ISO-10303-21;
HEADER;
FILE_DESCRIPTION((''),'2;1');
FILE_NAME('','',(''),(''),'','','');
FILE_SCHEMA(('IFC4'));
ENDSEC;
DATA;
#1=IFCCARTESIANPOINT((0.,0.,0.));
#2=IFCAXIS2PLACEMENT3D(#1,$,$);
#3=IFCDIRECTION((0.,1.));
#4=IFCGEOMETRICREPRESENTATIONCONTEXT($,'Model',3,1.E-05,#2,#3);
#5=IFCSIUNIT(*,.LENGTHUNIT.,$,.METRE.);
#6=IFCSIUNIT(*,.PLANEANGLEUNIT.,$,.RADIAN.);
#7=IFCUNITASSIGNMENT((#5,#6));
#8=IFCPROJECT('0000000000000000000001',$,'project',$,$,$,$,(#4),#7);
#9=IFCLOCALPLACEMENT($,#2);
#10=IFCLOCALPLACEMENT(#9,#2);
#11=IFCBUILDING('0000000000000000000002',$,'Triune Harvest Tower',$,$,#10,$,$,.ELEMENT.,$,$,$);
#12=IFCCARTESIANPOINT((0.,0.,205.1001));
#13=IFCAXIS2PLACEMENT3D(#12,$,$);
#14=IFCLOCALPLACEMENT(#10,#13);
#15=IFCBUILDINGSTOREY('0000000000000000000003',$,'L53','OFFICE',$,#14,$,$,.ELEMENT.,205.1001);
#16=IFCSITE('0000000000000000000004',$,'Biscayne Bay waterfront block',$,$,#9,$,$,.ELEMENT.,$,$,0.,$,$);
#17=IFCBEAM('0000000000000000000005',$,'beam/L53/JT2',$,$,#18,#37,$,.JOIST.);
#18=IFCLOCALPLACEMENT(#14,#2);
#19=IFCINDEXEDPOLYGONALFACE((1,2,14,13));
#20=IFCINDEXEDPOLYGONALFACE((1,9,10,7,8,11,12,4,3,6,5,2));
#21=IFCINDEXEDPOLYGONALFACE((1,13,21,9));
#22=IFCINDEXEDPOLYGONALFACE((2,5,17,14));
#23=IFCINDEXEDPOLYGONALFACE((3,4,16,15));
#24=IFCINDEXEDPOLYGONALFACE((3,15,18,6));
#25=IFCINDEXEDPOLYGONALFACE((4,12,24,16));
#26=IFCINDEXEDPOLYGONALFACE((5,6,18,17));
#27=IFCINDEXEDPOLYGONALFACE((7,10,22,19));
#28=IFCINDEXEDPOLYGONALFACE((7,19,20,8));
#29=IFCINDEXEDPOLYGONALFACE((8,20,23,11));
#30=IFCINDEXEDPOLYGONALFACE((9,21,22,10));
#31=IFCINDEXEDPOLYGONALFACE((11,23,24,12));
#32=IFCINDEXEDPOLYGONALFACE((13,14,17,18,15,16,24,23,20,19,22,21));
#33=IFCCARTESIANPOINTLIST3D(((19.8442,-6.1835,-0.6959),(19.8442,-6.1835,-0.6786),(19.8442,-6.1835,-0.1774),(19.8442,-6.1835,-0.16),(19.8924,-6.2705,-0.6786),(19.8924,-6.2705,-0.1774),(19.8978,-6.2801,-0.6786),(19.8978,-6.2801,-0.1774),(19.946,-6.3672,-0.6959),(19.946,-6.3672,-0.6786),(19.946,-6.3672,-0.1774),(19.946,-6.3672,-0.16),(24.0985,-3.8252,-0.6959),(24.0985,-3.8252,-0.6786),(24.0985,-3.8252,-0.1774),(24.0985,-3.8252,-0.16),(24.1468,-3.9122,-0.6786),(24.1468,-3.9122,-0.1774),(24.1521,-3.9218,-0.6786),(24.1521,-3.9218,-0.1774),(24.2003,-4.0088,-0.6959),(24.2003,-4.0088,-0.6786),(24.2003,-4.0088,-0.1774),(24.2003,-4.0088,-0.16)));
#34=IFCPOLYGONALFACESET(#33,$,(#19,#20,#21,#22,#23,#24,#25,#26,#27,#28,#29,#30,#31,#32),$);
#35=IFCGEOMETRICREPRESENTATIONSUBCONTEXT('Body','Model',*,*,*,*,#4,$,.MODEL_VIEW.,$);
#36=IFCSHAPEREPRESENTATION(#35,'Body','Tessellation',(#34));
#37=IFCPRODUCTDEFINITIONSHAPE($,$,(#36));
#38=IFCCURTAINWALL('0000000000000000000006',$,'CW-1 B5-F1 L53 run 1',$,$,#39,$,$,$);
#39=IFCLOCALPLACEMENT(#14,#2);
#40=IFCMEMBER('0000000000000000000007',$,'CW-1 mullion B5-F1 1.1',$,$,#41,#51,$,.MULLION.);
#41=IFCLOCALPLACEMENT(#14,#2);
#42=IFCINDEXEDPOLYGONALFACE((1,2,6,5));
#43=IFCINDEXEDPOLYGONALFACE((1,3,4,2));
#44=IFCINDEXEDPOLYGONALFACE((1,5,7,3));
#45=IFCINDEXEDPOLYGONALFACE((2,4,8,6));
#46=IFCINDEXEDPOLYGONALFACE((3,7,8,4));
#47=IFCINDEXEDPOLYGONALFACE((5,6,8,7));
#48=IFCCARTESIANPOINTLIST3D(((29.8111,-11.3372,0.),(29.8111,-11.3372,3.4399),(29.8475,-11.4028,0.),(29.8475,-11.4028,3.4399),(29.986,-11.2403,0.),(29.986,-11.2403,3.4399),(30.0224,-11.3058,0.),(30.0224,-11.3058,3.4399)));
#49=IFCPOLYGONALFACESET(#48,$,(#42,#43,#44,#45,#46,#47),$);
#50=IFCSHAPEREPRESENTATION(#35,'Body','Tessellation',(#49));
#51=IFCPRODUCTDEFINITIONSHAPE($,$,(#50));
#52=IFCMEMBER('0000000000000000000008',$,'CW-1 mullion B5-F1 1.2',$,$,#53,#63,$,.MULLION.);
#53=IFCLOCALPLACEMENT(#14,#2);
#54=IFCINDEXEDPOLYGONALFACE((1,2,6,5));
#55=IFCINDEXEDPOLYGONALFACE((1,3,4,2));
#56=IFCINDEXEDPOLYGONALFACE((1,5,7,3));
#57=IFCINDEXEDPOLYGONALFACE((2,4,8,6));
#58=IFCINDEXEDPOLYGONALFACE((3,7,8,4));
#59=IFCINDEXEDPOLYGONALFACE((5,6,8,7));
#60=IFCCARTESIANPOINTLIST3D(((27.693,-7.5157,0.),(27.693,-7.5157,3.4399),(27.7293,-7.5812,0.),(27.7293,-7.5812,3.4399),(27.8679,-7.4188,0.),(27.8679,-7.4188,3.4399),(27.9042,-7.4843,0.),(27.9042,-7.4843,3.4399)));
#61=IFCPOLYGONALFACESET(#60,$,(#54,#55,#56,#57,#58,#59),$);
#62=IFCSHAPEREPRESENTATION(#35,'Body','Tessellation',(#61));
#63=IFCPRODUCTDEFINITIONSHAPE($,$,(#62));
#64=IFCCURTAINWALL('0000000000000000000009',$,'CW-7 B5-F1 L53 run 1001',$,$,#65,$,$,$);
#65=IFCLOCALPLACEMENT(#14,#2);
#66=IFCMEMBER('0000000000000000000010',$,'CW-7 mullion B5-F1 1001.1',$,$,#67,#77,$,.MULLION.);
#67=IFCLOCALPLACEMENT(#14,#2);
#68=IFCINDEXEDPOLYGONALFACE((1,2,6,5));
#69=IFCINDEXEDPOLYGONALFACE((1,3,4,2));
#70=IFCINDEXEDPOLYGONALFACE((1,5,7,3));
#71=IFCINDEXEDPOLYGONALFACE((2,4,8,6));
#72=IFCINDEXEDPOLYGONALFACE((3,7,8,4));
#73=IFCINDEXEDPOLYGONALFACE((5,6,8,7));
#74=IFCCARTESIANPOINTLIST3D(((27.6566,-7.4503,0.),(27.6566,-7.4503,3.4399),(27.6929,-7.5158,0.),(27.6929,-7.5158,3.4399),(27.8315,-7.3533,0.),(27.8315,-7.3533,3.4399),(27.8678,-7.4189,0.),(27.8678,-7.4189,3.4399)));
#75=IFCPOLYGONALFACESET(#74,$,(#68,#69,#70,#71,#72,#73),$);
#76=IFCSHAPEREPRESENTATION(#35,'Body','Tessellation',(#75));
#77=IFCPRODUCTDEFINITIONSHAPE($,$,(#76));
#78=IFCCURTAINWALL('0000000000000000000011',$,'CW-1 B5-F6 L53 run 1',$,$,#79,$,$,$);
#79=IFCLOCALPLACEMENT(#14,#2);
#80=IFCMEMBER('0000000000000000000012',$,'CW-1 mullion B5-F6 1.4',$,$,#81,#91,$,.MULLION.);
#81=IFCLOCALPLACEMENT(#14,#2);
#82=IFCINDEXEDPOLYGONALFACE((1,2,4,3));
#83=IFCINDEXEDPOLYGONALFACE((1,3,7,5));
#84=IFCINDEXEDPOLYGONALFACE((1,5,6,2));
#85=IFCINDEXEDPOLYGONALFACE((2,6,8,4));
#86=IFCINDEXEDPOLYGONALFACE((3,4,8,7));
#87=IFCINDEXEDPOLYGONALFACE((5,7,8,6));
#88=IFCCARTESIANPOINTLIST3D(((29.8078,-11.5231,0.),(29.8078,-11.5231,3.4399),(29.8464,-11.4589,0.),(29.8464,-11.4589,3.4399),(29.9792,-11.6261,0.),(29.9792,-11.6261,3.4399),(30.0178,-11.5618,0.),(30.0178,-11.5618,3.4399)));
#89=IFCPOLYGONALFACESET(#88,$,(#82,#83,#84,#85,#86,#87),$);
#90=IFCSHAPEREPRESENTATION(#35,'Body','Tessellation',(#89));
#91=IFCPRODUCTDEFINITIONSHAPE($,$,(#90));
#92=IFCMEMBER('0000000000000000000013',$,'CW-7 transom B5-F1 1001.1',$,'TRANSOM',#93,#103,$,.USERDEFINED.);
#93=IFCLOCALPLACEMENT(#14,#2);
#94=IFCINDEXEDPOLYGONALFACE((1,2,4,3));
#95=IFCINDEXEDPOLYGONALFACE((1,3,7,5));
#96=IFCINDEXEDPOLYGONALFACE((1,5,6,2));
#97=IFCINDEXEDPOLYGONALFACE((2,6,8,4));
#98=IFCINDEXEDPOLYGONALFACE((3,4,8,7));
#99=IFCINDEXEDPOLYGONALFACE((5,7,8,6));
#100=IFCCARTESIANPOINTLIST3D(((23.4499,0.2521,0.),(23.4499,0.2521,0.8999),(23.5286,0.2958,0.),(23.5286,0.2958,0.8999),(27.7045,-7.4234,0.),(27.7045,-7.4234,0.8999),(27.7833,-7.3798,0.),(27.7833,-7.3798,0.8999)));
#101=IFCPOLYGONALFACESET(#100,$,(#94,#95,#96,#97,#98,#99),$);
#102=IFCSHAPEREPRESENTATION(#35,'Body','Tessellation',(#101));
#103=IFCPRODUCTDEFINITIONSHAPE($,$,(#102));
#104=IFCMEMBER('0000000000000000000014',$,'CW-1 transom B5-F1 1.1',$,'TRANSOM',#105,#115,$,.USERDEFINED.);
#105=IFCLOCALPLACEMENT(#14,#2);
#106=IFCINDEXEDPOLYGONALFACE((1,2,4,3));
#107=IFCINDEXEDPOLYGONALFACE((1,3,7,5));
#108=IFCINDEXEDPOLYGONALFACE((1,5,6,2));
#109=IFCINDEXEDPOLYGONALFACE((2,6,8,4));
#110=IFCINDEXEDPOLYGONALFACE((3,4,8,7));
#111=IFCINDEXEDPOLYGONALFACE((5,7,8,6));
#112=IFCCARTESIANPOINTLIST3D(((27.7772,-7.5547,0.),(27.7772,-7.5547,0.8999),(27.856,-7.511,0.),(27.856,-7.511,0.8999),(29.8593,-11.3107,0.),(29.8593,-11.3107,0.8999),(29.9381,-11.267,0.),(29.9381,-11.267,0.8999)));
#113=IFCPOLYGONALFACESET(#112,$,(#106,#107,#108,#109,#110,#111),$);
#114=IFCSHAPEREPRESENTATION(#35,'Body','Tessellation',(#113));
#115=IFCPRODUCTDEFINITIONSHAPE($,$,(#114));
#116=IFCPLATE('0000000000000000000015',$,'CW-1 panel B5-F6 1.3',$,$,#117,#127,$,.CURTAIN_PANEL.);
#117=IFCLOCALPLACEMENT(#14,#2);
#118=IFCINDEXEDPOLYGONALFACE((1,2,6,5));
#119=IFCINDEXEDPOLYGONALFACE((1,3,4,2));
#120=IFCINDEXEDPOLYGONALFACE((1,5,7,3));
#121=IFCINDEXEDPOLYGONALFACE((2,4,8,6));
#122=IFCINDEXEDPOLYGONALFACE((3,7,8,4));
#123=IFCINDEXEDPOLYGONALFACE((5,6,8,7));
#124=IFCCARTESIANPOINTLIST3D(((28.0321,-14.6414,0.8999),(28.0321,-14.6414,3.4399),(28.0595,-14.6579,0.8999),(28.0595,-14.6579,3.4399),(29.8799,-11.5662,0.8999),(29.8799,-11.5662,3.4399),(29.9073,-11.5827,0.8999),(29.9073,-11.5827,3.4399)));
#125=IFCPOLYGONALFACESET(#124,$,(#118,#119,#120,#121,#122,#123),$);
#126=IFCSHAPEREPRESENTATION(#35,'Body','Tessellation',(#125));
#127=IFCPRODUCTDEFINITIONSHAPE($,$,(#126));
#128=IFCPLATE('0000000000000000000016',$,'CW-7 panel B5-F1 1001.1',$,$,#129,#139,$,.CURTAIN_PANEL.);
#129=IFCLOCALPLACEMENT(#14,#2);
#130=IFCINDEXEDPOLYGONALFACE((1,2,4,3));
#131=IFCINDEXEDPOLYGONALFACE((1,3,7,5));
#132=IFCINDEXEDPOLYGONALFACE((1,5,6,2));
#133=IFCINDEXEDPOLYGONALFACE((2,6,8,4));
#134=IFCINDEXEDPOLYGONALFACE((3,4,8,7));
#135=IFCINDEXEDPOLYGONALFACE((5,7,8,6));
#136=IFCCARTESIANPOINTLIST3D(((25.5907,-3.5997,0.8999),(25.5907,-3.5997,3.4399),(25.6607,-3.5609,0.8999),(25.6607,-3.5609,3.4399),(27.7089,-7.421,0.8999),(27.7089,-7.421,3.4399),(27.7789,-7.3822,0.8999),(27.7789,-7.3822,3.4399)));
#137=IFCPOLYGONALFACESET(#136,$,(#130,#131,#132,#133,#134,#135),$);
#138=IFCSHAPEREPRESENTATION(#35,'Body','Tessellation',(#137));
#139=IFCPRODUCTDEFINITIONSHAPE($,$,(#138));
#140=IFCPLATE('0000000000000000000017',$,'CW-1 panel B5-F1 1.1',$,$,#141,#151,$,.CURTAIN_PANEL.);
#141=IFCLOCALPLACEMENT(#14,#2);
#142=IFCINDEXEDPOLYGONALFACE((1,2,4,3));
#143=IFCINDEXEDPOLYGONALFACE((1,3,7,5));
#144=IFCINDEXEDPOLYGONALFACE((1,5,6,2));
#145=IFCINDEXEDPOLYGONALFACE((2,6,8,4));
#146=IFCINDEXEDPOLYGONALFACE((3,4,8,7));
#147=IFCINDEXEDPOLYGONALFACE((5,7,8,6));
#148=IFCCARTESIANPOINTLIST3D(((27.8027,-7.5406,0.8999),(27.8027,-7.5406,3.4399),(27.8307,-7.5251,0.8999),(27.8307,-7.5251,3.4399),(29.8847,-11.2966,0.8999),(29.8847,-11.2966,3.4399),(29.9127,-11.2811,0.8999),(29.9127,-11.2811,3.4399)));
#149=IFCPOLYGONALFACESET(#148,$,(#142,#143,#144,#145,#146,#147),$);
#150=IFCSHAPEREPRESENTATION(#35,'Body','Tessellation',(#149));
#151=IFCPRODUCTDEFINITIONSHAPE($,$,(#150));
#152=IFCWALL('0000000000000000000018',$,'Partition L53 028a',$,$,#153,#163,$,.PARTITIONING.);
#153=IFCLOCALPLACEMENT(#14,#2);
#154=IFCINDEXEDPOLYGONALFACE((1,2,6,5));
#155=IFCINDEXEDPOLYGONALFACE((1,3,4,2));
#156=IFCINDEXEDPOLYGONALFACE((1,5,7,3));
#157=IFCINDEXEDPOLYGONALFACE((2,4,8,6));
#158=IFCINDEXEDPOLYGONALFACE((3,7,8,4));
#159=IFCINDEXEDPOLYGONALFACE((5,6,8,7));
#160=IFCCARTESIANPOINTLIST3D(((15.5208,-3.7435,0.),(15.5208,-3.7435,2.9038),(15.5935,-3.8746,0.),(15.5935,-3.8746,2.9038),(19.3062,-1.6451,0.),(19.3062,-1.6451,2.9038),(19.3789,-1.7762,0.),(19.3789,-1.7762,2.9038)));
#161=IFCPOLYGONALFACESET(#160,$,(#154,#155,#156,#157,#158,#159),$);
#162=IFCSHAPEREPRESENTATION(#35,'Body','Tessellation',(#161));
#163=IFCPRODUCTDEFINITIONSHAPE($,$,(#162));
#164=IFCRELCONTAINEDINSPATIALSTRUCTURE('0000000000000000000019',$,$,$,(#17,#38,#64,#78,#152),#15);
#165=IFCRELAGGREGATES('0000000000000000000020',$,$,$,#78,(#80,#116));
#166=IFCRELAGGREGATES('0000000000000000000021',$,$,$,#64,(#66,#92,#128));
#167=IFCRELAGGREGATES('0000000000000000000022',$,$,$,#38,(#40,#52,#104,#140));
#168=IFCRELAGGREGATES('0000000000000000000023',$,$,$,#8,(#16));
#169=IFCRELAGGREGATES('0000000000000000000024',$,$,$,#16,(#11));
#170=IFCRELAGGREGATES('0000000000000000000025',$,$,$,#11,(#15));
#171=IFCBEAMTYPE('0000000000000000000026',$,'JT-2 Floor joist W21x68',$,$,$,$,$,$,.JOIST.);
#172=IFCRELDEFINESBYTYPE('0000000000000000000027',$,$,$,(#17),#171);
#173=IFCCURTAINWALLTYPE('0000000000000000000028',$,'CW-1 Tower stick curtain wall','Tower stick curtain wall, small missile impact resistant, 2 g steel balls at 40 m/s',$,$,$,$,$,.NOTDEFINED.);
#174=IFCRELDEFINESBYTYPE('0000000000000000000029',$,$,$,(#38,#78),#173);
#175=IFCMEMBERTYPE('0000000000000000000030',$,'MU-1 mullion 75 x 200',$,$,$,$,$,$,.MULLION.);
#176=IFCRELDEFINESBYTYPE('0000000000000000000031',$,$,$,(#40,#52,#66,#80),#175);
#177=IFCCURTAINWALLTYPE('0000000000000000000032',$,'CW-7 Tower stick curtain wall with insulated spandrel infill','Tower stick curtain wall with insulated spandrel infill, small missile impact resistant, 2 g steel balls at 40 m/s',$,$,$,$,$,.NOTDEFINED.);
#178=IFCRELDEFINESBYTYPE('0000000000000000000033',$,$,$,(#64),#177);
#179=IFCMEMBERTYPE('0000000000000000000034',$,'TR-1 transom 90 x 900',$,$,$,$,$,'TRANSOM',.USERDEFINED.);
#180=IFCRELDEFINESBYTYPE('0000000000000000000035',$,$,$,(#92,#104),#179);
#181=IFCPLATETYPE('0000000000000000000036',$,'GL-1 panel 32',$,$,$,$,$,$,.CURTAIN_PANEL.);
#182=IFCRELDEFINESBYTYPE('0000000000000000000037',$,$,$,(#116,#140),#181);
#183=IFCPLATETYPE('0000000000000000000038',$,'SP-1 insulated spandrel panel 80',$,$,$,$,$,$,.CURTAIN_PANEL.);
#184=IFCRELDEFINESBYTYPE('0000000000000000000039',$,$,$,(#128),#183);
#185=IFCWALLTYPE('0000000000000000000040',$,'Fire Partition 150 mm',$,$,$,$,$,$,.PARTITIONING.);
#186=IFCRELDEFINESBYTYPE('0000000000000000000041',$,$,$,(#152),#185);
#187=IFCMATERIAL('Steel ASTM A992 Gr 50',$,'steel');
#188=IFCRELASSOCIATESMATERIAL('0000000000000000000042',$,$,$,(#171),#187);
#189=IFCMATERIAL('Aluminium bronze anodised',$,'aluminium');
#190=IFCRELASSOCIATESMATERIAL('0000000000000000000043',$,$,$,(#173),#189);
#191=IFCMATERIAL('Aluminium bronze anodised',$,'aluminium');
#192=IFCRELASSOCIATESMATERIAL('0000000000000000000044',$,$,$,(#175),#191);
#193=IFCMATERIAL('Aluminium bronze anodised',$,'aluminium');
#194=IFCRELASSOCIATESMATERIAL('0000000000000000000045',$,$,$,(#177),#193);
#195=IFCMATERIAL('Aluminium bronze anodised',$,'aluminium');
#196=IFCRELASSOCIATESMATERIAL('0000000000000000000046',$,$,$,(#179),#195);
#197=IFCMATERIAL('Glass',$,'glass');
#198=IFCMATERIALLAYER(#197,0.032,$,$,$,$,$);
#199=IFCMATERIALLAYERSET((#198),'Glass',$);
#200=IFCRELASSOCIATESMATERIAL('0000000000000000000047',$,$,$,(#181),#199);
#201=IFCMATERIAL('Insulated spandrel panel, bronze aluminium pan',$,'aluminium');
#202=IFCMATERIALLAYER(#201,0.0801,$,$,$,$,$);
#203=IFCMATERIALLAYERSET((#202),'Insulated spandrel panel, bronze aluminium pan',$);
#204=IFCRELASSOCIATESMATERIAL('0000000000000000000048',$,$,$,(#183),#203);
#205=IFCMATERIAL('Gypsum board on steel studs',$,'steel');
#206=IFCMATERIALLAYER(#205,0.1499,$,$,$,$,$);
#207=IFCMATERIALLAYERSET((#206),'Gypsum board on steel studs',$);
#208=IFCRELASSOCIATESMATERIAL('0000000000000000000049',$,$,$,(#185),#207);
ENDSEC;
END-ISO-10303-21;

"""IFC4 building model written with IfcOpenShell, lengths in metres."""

from ifc_helpers import new_model, si_unit, direction, frame, frame_2d, origin, origin_2d, place, context, subcontext, project, spatial, rectangle, i_section, extrude, source, transform, mapped, material, layer, layer_set, material_profile, profile_set, type_object, element, aggregate, save


model = new_model("IFC4")

# Units and contexts
model_context = context("Model", 3, precision=1e-05, world=origin(), true_north=direction((0.0, 1.0)))
body_context = subcontext(model_context, "Body", "Model", "MODEL_VIEW")
ifc_project = project(units=[si_unit("LENGTHUNIT", "METRE"), si_unit("PLANEANGLEUNIT", "RADIAN")], contexts=[model_context])

# Site, building, storey
site_placement = place(None, origin())
site = spatial("IfcSite", under=ifc_project, at=site_placement, Name="Biscayne Bay waterfront block", CompositionType="ELEMENT", RefElevation=0.0)
building_placement = place(site_placement, origin())
building = spatial("IfcBuilding", under=site, at=building_placement, Name="Triune Harvest Tower", CompositionType="ELEMENT")
storey_placement = place(building_placement, frame((0.0, 0.0, 205.1001)))
storey = spatial("IfcBuildingStorey", under=building, at=storey_placement, Name="L53", Description="OFFICE", CompositionType="ELEMENT", Elevation=205.1001)

# Beam
ifc_material_1 = material(Name="Steel ASTM A992 Gr 50", Category="steel")
ifc_material_profile_1 = material_profile(ifc_material_1, i_section(OverallWidth=0.21, OverallDepth=0.5359, WebThickness=0.011, FlangeThickness=0.0173, at=origin_2d()), Name="W21x68")
ifc_profile_set_1 = profile_set([ifc_material_profile_1], Name="Steel ASTM A992 Gr 50")
beam_type_1 = type_object("IfcBeamType", Name="JT-2 Floor joist W21x68", PredefinedType="JOIST", material=ifc_profile_set_1)
shared_shape_1 = source(origin(), body_context, "Body", "SweptSolid", [
    extrude(i_section(OverallWidth=0.21, OverallDepth=0.5359, WebThickness=0.011, FlangeThickness=0.0173, at=origin_2d()), origin(), (0.0, 0.0, 1.0), 4.8643),
])
beam_1_placement = place(storey_placement, frame((24.1494, -3.917, -0.428), z_axis=(-0.874607, -0.484833, 0.0), x_axis=(0.484833, -0.874607, 0.0)))
element("IfcBeam", 1, at=beam_1_placement, inside=storey, type_object=beam_type_1, Name="beam/L53/JT2", PredefinedType="JOIST", context=body_context, shape_type="MappedRepresentation", body=[
    mapped(shared_shape_1, transform((0.0, 0.0, 0.0), scale=1.0)),
])

# Curtain wall, members
ifc_material_2 = material(Name="Aluminium bronze anodised", Category="aluminium")
curtain_wall_type_1 = type_object("IfcCurtainWallType", Name="CW-1 Tower stick curtain wall", Description="Tower stick curtain wall, small missile impact resistant, 2 g steel balls at 40 m/s", PredefinedType="NOTDEFINED", material=ifc_material_2)
curtain_wall_1_placement = place(storey_placement, origin())
curtain_wall_1 = element("IfcCurtainWall", 2, at=curtain_wall_1_placement, inside=storey, type_object=curtain_wall_type_1, Name="CW-1 B5-F1 L53 run 1")
ifc_material_3 = material(Name="Aluminium bronze anodised", Category="aluminium")
ifc_material_profile_2 = material_profile(ifc_material_3, rectangle(XDim=0.2, YDim=0.075, at=origin_2d()), Name="MU-1 mullion 75 x 200")
ifc_profile_set_2 = profile_set([ifc_material_profile_2], Name="Aluminium bronze anodised")
member_type_1 = type_object("IfcMemberType", Name="MU-1 mullion 75 x 200", PredefinedType="MULLION", material=ifc_profile_set_2)
shared_shape_2 = source(origin(), body_context, "Body", "SweptSolid", [
    extrude(rectangle(XDim=0.2, YDim=0.075, at=origin_2d()), origin(), (0.0, 0.0, 1.0), 3.4399),
])
member_1_placement = place(storey_placement, frame((29.9167, -11.3215, 0.0), z_axis=(0.0, 0.0, 1.0), x_axis=(-0.874618, -0.484813, 0.0)))
member_1 = element("IfcMember", 3, at=member_1_placement, type_object=member_type_1, Name="CW-1 mullion B5-F1 1.1", PredefinedType="MULLION", context=body_context, shape_type="MappedRepresentation", body=[
    mapped(shared_shape_2, transform((0.0, 0.0, 0.0), scale=1.0)),
])
member_2_placement = place(storey_placement, frame((27.7986, -7.5, 0.0), z_axis=(0.0, 0.0, 1.0), x_axis=(-0.874618, -0.484813, 0.0)))
member_2 = element("IfcMember", 4, at=member_2_placement, type_object=member_type_1, Name="CW-1 mullion B5-F1 1.2", PredefinedType="MULLION", context=body_context, shape_type="MappedRepresentation", body=[
    mapped(shared_shape_2, transform((0.0, 0.0, 0.0), scale=1.0)),
])

# Curtain walls, members
ifc_material_4 = material(Name="Aluminium bronze anodised", Category="aluminium")
curtain_wall_type_2 = type_object("IfcCurtainWallType", Name="CW-7 Tower stick curtain wall with insulated spandrel infill", Description="Tower stick curtain wall with insulated spandrel infill, small missile impact resistant, 2 g steel balls at 40 m/s", PredefinedType="NOTDEFINED", material=ifc_material_4)
curtain_wall_2_placement = place(storey_placement, origin())
curtain_wall_2 = element("IfcCurtainWall", 5, at=curtain_wall_2_placement, inside=storey, type_object=curtain_wall_type_2, Name="CW-7 B5-F1 L53 run 1001")
member_3_placement = place(storey_placement, frame((27.7622, -7.4346, 0.0), z_axis=(0.0, 0.0, 1.0), x_axis=(-0.874621, -0.484807, 0.0)))
member_3 = element("IfcMember", 6, at=member_3_placement, type_object=member_type_1, Name="CW-7 mullion B5-F1 1001.1", PredefinedType="MULLION", context=body_context, shape_type="MappedRepresentation", body=[
    mapped(shared_shape_2, transform((0.0, 0.0, 0.0), scale=1.0)),
])
curtain_wall_3_placement = place(storey_placement, origin())
curtain_wall_3 = element("IfcCurtainWall", 7, at=curtain_wall_3_placement, inside=storey, type_object=curtain_wall_type_1, Name="CW-1 B5-F6 L53 run 1")
member_4_placement = place(storey_placement, frame((29.9128, -11.5425, 0.0), z_axis=(0.0, 0.0, 1.0), x_axis=(-0.857168, 0.515037, 0.0)))
member_4 = element("IfcMember", 8, at=member_4_placement, type_object=member_type_1, Name="CW-1 mullion B5-F6 1.4", PredefinedType="MULLION", context=body_context, shape_type="MappedRepresentation", body=[
    mapped(shared_shape_2, transform((0.0, 0.0, 0.0), scale=1.0)),
])

# Members
ifc_material_5 = material(Name="Aluminium bronze anodised", Category="aluminium")
ifc_material_profile_3 = material_profile(ifc_material_5, rectangle(XDim=0.0901, YDim=0.8999, at=origin_2d()), Name="TR-1 transom 90 x 900")
ifc_profile_set_3 = profile_set([ifc_material_profile_3], Name="Aluminium bronze anodised")
member_type_2 = type_object("IfcMemberType", Name="TR-1 transom 90 x 900", ElementType="TRANSOM", PredefinedType="USERDEFINED", material=ifc_profile_set_3)
shared_shape_3 = source(origin(), body_context, "Body", "SweptSolid", [
    extrude(rectangle(XDim=0.0901, YDim=0.8999, at=origin_2d()), origin(), (0.0, 0.0, 1.0), 8.7759),
])
member_5_placement = place(storey_placement, frame((27.7439, -7.4016, 0.45), z_axis=(-0.484811, 0.874619, 0.0), x_axis=(-0.874619, -0.484811, 0.0)))
member_5 = element("IfcMember", 9, at=member_5_placement, type_object=member_type_2, Name="CW-7 transom B5-F1 1001.1", ObjectType="TRANSOM", PredefinedType="USERDEFINED", context=body_context, shape_type="MappedRepresentation", body=[
    mapped(shared_shape_3, transform((0.0, 0.0, 0.0), scale=1.0)),
])
shared_shape_4 = source(origin(), body_context, "Body", "SweptSolid", [
    extrude(rectangle(XDim=0.0901, YDim=0.8999, at=origin_2d()), origin(), (0.0, 0.0, 1.0), 4.2944),
])
member_6_placement = place(storey_placement, frame((29.8987, -11.2888, 0.45), z_axis=(-0.484832, 0.874607, 0.0), x_axis=(-0.874607, -0.484832, 0.0)))
member_6 = element("IfcMember", 10, at=member_6_placement, type_object=member_type_2, Name="CW-1 transom B5-F1 1.1", ObjectType="TRANSOM", PredefinedType="USERDEFINED", context=body_context, shape_type="MappedRepresentation", body=[
    mapped(shared_shape_4, transform((0.0, 0.0, 0.0), scale=1.0)),
])

# Plates
ifc_material_6 = material(Name="Glass", Category="glass")
ifc_layer_1 = layer(ifc_material_6, 0.032)
ifc_layer_set_1 = layer_set([ifc_layer_1], Name="Glass")
plate_type_1 = type_object("IfcPlateType", Name="GL-1 panel 32", PredefinedType="CURTAIN_PANEL", material=ifc_layer_set_1)
shared_shape_5 = source(origin(), body_context, "Body", "SweptSolid", [
    extrude(rectangle(XDim=3.5876, YDim=0.032, at=origin_2d()), origin(), (0.0, 0.0, 1.0), 2.54),
])
plate_1_placement = place(storey_placement, frame((28.9697, -13.1121, 0.8999), z_axis=(0.0, 0.0, 1.0), x_axis=(0.515037, 0.857168, 0.0)))
plate_1 = element("IfcPlate", 11, at=plate_1_placement, type_object=plate_type_1, Name="CW-1 panel B5-F6 1.3", PredefinedType="CURTAIN_PANEL", context=body_context, shape_type="MappedRepresentation", body=[
    mapped(shared_shape_5, transform((0.0, 0.0, 0.0), scale=1.0)),
])
aggregate(curtain_wall_3, [member_4, plate_1])
ifc_material_7 = material(Name="Insulated spandrel panel, bronze aluminium pan", Category="aluminium")
ifc_layer_2 = layer(ifc_material_7, 0.0801)
ifc_layer_set_2 = layer_set([ifc_layer_2], Name="Insulated spandrel panel, bronze aluminium pan")
plate_type_2 = type_object("IfcPlateType", Name="SP-1 insulated spandrel panel 80", PredefinedType="CURTAIN_PANEL", material=ifc_layer_set_2)
shared_shape_6 = source(origin(), body_context, "Body", "SweptSolid", [
    extrude(rectangle(XDim=4.3691, YDim=0.0801, at=origin_2d()), origin(), (0.0, 0.0, 1.0), 2.54),
])
plate_2_placement = place(storey_placement, frame((26.6848, -5.491, 0.8999), z_axis=(0.0, 0.0, 1.0), x_axis=(-0.484807, 0.874621, 0.0)))
plate_2 = element("IfcPlate", 12, at=plate_2_placement, type_object=plate_type_2, Name="CW-7 panel B5-F1 1001.1", PredefinedType="CURTAIN_PANEL", context=body_context, shape_type="MappedRepresentation", body=[
    mapped(shared_shape_6, transform((0.0, 0.0, 0.0), scale=1.0)),
])
aggregate(curtain_wall_2, [member_3, member_5, plate_2])
shared_shape_7 = source(origin(), body_context, "Body", "SweptSolid", [
    extrude(rectangle(XDim=4.2944, YDim=0.032, at=origin_2d()), origin(), (0.0, 0.0, 1.0), 2.54),
])
plate_3_placement = place(storey_placement, frame((28.8577, -9.4109, 0.8999), z_axis=(0.0, 0.0, 1.0), x_axis=(-0.484813, 0.874618, 0.0)))
plate_3 = element("IfcPlate", 13, at=plate_3_placement, type_object=plate_type_1, Name="CW-1 panel B5-F1 1.1", PredefinedType="CURTAIN_PANEL", context=body_context, shape_type="MappedRepresentation", body=[
    mapped(shared_shape_7, transform((0.0, 0.0, 0.0), scale=1.0)),
])
aggregate(curtain_wall_1, [member_1, member_2, member_6, plate_3])

# Wall
ifc_material_8 = material(Name="Gypsum board on steel studs", Category="steel")
ifc_layer_3 = layer(ifc_material_8, 0.1499)
ifc_layer_set_3 = layer_set([ifc_layer_3], Name="Gypsum board on steel studs")
wall_type_1 = type_object("IfcWallType", Name="Fire Partition 150 mm", PredefinedType="PARTITIONING", material=ifc_layer_set_3)
wall_1_placement = place(storey_placement, frame((15.5571, -3.8091, 0.0), z_axis=(0.0, 0.0, 1.0), x_axis=(0.874609, 0.484829, 0.0)))
element("IfcWall", 14, at=wall_1_placement, inside=storey, type_object=wall_type_1, Name="Partition L53 028a", PredefinedType="PARTITIONING", context=body_context, shape_type="SweptSolid", body=[
    extrude(rectangle(XDim=4.3281, YDim=0.1499, at=frame_2d((2.1641, 0.0))), origin(), (0.0, 0.0, 1.0), 2.9038),
])

save(model, "model.ifc")
